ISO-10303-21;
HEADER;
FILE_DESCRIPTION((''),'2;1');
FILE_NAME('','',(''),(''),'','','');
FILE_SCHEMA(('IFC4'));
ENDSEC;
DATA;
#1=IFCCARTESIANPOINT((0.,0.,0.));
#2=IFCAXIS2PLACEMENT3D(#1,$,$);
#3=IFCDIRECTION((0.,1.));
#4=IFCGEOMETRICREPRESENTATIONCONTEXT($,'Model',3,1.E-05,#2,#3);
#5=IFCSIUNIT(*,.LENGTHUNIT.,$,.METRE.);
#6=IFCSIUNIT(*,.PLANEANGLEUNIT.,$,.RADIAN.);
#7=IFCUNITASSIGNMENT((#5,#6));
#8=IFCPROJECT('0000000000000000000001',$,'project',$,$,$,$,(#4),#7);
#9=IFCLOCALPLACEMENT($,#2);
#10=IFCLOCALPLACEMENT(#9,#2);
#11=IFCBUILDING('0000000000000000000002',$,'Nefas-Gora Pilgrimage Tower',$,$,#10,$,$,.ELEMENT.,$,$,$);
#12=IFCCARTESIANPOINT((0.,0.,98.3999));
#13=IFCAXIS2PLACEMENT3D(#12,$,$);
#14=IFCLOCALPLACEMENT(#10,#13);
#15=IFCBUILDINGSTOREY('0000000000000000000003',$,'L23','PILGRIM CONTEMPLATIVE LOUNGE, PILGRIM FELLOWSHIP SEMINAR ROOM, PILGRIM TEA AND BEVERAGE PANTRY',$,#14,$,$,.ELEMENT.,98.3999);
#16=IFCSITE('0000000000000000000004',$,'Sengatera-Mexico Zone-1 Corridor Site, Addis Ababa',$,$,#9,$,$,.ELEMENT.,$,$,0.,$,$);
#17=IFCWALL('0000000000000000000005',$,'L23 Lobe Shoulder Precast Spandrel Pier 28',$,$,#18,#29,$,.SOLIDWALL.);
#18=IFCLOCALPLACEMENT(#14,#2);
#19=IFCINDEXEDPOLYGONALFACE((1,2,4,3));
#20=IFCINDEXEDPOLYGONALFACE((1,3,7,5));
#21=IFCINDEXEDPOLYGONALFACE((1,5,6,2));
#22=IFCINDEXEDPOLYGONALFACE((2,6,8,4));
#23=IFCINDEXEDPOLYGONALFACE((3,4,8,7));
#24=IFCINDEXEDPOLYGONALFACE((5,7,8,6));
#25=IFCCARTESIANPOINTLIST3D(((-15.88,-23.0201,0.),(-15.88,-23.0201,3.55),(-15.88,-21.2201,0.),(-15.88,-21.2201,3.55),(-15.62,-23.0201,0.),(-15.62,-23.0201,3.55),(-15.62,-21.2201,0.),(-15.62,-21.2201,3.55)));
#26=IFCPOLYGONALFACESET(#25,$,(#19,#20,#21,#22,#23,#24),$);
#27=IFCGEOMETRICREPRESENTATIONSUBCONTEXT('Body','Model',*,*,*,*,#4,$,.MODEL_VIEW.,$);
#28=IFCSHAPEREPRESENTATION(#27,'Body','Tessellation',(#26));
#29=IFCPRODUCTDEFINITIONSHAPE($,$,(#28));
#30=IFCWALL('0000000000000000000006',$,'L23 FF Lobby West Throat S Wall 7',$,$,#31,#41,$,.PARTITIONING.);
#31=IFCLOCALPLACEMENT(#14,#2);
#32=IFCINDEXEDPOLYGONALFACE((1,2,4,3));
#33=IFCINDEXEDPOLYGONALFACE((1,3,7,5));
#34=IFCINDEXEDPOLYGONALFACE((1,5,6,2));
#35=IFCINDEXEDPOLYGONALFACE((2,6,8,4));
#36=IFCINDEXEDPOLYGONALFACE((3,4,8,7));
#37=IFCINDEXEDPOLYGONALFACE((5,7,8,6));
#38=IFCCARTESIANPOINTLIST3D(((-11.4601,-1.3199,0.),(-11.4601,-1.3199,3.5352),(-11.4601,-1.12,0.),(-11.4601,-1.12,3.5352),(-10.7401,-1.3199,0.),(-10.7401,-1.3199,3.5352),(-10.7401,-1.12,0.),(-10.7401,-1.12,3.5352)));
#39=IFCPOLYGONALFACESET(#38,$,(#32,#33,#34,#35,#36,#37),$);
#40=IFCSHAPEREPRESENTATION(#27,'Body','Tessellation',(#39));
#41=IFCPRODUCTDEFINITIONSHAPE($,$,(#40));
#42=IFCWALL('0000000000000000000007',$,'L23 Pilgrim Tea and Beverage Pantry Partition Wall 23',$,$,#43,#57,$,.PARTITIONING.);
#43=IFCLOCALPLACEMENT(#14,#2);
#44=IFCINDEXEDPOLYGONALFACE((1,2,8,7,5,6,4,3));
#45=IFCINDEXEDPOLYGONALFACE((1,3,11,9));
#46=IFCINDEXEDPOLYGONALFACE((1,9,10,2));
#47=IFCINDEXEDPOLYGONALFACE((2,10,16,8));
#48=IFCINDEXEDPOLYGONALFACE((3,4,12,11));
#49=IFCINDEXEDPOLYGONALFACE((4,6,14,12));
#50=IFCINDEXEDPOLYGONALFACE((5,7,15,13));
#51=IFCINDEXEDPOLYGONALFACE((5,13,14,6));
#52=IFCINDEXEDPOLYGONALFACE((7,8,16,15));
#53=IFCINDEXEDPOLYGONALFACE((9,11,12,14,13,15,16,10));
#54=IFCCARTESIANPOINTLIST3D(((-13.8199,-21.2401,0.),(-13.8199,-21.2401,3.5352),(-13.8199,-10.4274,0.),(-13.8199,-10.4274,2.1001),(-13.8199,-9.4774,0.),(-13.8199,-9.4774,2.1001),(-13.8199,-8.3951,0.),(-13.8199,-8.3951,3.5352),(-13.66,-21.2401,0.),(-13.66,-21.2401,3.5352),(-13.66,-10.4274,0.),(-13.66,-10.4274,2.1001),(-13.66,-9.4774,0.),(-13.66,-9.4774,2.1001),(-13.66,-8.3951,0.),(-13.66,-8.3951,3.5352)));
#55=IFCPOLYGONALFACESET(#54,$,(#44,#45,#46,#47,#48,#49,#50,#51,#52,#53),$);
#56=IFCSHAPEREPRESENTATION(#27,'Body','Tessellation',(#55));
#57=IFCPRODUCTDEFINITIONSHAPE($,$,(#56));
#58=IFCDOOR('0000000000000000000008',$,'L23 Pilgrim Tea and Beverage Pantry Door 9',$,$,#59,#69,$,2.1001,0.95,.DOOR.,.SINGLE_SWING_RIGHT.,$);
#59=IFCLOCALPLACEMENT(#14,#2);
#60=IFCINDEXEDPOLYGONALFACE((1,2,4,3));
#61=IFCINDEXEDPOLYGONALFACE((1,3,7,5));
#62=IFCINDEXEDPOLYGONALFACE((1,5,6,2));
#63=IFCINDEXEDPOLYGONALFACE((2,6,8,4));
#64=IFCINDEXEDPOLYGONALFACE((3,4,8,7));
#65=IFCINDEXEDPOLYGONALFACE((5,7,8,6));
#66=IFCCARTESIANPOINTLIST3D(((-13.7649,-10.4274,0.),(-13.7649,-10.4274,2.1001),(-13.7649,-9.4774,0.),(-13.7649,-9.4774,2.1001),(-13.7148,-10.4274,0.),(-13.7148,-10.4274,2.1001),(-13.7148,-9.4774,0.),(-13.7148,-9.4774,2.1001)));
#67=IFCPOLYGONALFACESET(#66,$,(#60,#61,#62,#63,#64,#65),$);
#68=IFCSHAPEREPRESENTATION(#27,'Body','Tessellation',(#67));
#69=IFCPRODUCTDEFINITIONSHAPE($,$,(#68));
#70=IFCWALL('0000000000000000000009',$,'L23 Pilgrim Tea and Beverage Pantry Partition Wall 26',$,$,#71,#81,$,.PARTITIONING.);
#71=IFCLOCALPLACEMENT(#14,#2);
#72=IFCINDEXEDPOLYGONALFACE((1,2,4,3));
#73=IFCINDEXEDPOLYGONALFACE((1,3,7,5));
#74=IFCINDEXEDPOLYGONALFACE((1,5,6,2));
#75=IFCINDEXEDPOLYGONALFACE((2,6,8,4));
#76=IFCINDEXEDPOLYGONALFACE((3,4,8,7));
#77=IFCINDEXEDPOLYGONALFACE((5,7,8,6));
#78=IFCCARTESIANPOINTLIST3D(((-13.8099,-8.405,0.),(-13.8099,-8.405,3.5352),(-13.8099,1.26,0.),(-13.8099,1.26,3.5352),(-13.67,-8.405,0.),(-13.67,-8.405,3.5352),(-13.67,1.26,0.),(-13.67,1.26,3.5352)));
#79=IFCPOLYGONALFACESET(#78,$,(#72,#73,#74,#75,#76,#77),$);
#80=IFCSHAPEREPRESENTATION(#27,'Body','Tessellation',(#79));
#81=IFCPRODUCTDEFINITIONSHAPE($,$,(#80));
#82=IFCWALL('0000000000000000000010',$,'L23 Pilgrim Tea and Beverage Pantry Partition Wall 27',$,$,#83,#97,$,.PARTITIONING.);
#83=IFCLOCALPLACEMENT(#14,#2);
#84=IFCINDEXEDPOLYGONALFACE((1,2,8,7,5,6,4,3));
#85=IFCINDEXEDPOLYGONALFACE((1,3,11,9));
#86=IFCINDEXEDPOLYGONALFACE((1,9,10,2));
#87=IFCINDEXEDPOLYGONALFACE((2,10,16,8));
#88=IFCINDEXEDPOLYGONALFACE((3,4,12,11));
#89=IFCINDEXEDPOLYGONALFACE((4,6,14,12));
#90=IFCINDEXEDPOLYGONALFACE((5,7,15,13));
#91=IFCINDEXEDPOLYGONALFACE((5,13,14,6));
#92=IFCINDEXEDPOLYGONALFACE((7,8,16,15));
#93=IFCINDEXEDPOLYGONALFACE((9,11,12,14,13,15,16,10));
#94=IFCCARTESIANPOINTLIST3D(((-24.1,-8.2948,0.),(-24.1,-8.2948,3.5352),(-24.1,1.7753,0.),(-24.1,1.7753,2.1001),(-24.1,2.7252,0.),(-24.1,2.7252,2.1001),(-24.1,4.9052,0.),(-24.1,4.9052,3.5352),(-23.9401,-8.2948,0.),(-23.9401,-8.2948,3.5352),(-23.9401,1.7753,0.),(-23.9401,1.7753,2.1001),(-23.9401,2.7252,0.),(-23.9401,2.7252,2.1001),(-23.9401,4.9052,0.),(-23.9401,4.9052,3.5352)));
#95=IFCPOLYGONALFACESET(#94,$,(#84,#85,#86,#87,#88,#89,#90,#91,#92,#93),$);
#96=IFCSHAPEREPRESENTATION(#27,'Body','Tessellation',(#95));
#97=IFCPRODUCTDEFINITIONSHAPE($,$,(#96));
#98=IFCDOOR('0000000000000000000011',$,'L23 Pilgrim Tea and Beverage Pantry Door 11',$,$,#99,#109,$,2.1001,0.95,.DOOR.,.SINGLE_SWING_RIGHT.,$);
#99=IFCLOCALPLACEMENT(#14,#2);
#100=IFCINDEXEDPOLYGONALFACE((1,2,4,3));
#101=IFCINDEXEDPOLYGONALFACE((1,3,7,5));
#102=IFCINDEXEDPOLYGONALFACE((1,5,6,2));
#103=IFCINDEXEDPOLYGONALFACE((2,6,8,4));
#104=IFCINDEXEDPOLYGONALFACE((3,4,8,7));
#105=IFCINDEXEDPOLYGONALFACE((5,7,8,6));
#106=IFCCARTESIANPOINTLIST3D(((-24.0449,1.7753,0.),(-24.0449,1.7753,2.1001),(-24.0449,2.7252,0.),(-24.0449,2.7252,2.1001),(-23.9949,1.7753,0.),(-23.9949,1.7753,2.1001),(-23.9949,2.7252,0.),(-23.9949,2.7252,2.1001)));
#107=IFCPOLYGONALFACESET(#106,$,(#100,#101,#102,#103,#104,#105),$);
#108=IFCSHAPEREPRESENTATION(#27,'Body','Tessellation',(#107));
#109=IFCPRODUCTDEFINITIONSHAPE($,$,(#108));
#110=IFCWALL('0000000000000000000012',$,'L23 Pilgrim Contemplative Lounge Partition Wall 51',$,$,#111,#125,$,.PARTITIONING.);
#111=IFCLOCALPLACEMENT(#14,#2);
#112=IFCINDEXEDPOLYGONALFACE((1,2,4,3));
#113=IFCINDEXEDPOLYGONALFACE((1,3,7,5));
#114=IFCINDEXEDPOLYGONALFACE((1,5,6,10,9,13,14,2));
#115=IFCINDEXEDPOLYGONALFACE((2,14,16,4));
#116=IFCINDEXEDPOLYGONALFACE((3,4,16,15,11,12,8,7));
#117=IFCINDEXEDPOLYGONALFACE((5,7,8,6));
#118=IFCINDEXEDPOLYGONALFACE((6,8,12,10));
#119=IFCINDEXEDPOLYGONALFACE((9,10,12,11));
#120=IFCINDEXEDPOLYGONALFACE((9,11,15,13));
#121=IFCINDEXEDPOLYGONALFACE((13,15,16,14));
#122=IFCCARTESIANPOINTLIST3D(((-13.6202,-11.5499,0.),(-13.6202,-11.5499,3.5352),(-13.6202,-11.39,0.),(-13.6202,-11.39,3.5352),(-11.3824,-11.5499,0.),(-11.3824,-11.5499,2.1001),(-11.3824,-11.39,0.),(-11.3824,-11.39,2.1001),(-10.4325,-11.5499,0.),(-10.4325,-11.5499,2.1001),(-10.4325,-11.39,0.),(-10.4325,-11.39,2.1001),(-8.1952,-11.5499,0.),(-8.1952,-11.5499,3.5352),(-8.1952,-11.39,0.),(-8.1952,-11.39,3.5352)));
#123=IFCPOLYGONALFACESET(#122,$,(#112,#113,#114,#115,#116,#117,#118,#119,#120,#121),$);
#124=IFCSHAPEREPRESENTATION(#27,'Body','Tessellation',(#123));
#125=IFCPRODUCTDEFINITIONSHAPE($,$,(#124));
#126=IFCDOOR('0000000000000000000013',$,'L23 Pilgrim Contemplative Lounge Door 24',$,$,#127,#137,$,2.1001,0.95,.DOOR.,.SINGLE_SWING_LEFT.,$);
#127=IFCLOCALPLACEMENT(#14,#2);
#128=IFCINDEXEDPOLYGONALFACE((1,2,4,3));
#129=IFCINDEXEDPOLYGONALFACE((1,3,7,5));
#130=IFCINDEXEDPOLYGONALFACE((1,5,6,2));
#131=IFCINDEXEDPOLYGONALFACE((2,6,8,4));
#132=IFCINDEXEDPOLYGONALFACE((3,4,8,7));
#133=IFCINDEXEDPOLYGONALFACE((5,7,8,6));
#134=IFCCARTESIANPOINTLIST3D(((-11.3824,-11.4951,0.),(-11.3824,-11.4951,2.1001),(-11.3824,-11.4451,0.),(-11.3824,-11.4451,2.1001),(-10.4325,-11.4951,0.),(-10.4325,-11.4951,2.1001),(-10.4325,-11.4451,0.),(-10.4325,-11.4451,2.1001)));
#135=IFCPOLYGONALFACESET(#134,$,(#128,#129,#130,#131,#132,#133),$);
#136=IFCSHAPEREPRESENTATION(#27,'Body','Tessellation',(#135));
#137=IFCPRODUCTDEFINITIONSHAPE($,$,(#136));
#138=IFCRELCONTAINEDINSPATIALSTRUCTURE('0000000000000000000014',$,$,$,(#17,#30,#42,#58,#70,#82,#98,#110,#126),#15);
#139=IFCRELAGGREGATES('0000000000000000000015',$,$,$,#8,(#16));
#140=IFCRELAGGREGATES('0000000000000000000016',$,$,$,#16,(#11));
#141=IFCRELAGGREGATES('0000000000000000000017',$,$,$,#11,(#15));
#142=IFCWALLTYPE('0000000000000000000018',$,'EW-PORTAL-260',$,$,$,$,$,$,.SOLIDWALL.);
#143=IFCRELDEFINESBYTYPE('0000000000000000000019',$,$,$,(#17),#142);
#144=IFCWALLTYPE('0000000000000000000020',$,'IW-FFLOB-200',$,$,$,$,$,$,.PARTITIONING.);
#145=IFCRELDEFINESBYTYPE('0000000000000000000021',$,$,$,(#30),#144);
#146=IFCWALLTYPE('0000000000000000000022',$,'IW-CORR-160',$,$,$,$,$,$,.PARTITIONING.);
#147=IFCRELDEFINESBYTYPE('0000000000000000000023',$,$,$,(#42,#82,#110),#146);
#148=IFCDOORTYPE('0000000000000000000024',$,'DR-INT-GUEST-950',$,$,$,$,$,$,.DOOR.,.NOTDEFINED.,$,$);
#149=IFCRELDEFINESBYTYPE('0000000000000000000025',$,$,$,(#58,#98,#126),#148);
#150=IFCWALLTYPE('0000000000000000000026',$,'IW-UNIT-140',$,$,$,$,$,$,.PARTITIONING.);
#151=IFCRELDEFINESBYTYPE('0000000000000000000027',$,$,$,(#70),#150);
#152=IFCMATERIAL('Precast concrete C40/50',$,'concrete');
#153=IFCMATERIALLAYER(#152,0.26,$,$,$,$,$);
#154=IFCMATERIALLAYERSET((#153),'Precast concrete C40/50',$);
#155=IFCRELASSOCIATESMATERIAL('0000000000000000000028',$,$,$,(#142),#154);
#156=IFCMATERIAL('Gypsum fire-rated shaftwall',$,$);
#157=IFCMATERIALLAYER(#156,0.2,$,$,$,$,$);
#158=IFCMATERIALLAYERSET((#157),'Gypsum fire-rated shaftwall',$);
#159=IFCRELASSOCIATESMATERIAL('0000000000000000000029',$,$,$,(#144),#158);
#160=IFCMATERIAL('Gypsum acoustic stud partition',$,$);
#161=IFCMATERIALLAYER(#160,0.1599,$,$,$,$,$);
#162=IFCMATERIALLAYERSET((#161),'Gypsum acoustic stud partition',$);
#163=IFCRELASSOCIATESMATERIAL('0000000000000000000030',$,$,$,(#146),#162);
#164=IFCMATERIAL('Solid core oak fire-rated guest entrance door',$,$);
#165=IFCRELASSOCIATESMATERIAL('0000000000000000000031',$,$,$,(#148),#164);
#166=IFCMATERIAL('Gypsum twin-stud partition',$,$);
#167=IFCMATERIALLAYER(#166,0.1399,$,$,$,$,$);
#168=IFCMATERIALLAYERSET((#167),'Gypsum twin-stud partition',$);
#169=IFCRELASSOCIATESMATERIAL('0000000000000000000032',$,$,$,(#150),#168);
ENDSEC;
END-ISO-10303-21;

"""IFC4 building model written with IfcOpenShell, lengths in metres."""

from ifc_helpers import new_model, si_unit, direction, frame, frame_2d, origin, place, context, subcontext, project, spatial, rectangle, extrude, source, transform, mapped, material, layer, layer_set, type_object, element, fill, save


model = new_model("IFC4")

# Units and contexts
model_context = context("Model", 3, precision=1e-05, world=origin(), true_north=direction((0.0, 1.0)))
body_context = subcontext(model_context, "Body", "Model", "MODEL_VIEW")
ifc_project = project(units=[si_unit("LENGTHUNIT", "METRE"), si_unit("PLANEANGLEUNIT", "RADIAN")], contexts=[model_context])

# Site, building, storey
site_placement = place(None, origin())
site = spatial("IfcSite", under=ifc_project, at=site_placement, Name="Sengatera-Mexico Zone-1 Corridor Site, Addis Ababa", CompositionType="ELEMENT", RefElevation=0.0)
building_placement = place(site_placement, origin())
building = spatial("IfcBuilding", under=site, at=building_placement, Name="Nefas-Gora Pilgrimage Tower", CompositionType="ELEMENT")
storey_placement = place(building_placement, frame((0.0, 0.0, 98.3999)))
storey = spatial("IfcBuildingStorey", under=building, at=storey_placement, Name="L23", Description="PILGRIM CONTEMPLATIVE LOUNGE, PILGRIM FELLOWSHIP SEMINAR ROOM, PILGRIM TEA AND BEVERAGE PANTRY", CompositionType="ELEMENT", Elevation=98.3999)

# Wall
ifc_material_1 = material(Name="Precast concrete C40/50", Category="concrete")
ifc_layer_1 = layer(ifc_material_1, 0.26)
ifc_layer_set_1 = layer_set([ifc_layer_1], Name="Precast concrete C40/50")
wall_type_1 = type_object("IfcWallType", Name="EW-PORTAL-260", PredefinedType="SOLIDWALL", material=ifc_layer_set_1)
shared_shape_1 = source(origin(), body_context, "Body", "SweptSolid", [
    extrude(rectangle(XDim=1.8, YDim=0.26, at=frame_2d((0.8999, 0.0))), origin(), (0.0, 0.0, 1.0), 3.55),
])
wall_1_placement = place(storey_placement, frame((-15.75, -23.02, 0.0), z_axis=(0.0, 0.0, 1.0), x_axis=(0.0, 1.0, 0.0)))
element("IfcWall", 1, at=wall_1_placement, inside=storey, type_object=wall_type_1, Name="L23 Lobe Shoulder Precast Spandrel Pier 28", PredefinedType="SOLIDWALL", context=body_context, shape_type="MappedRepresentation", body=[
    mapped(shared_shape_1, transform((0.0, 0.0, 0.0), x_axis=(1.0, 0.0, 0.0), y_axis=(0.0, 1.0, 0.0), z_axis=(0.0, 0.0, 1.0), scale=1.0)),
])

# Shared definitions
ifc_material_2 = material(Name="Gypsum fire-rated shaftwall")
ifc_layer_2 = layer(ifc_material_2, 0.2)
ifc_layer_set_2 = layer_set([ifc_layer_2], Name="Gypsum fire-rated shaftwall")
wall_type_2 = type_object("IfcWallType", Name="IW-FFLOB-200", PredefinedType="PARTITIONING", material=ifc_layer_set_2)

# Wall
shared_shape_2 = source(origin(), body_context, "Body", "SweptSolid", [
    extrude(rectangle(XDim=0.72, YDim=0.2, at=frame_2d((0.3599, 0.0))), origin(), (0.0, 0.0, 1.0), 3.5352),
])
wall_2_placement = place(storey_placement, frame((-11.46, -1.22, 0.0), z_axis=(0.0, 0.0, 1.0), x_axis=(1.0, 0.0, 0.0)))
element("IfcWall", 2, at=wall_2_placement, inside=storey, type_object=wall_type_2, Name="L23 FF Lobby West Throat S Wall 7", PredefinedType="PARTITIONING", context=body_context, shape_type="MappedRepresentation", body=[
    mapped(shared_shape_2, transform((0.0, 0.0, 0.0), x_axis=(1.0, 0.0, 0.0), y_axis=(0.0, 1.0, 0.0), z_axis=(0.0, 0.0, 1.0), scale=1.0)),
])

# Wall, opening, door
ifc_material_3 = material(Name="Gypsum acoustic stud partition")
ifc_layer_3 = layer(ifc_material_3, 0.1599)
ifc_layer_set_3 = layer_set([ifc_layer_3], Name="Gypsum acoustic stud partition")
wall_type_3 = type_object("IfcWallType", Name="IW-CORR-160", PredefinedType="PARTITIONING", material=ifc_layer_set_3)
shared_shape_3 = source(origin(), body_context, "Body", "SweptSolid", [
    extrude(rectangle(XDim=12.845, YDim=0.1599, at=frame_2d((6.4224, 0.0))), origin(), (0.0, 0.0, 1.0), 3.5352),
])
wall_3_placement = place(storey_placement, frame((-13.74, -21.24, 0.0), z_axis=(0.0, 0.0, 1.0), x_axis=(0.0, 1.0, 0.0)))
wall_3 = element("IfcWall", 3, at=wall_3_placement, inside=storey, type_object=wall_type_3, Name="L23 Pilgrim Tea and Beverage Pantry Partition Wall 23", PredefinedType="PARTITIONING", context=body_context, shape_type="MappedRepresentation", body=[
    mapped(shared_shape_3, transform((0.0, 0.0, 0.0), x_axis=(1.0, 0.0, 0.0), y_axis=(0.0, 1.0, 0.0), z_axis=(0.0, 0.0, 1.0), scale=1.0)),
])
opening_1_placement = place(wall_3_placement, frame((10.8125, 0.0, 0.0)))
opening_1 = element("IfcOpeningElement", 4, at=opening_1_placement, cuts=wall_3, PredefinedType="OPENING", context=body_context, shape_type="SweptSolid", body=[
    extrude(rectangle(XDim=0.95, YDim=2.1001, at=frame_2d((0.4751, 1.05))), frame((0.0, 0.0898, 0.0), z_axis=(0.0, -1.0, 0.0), x_axis=(1.0, 0.0, 0.0)), (0.0, 0.0, 1.0), 0.1799),
])
ifc_material_4 = material(Name="Solid core oak fire-rated guest entrance door")
door_type_1 = type_object("IfcDoorType", Name="DR-INT-GUEST-950", OperationType="NOTDEFINED", PredefinedType="DOOR", material=ifc_material_4)
shared_shape_4 = source(origin(), body_context, "Body", "SweptSolid", [
    extrude(rectangle(XDim=0.95, YDim=2.1001, at=frame_2d((0.4751, 1.05))), frame((0.0, 0.0249, 0.0), z_axis=(0.0, -1.0, 0.0), x_axis=(1.0, 0.0, 0.0)), (0.0, 0.0, 1.0), 0.05),
])
door_1_placement = place(opening_1_placement, origin())
door_1 = element("IfcDoor", 5, at=door_1_placement, inside=storey, type_object=door_type_1, Name="L23 Pilgrim Tea and Beverage Pantry Door 9", OperationType="SINGLE_SWING_RIGHT", OverallHeight=2.1001, OverallWidth=0.95, PredefinedType="DOOR", context=body_context, shape_type="MappedRepresentation", body=[
    mapped(shared_shape_4, transform((0.0, 0.0, 0.0), x_axis=(1.0, 0.0, 0.0), y_axis=(0.0, 1.0, 0.0), z_axis=(0.0, 0.0, 1.0), scale=1.0)),
])
fill(opening_1, door_1)

# Wall
ifc_material_5 = material(Name="Gypsum twin-stud partition")
ifc_layer_4 = layer(ifc_material_5, 0.1399)
ifc_layer_set_4 = layer_set([ifc_layer_4], Name="Gypsum twin-stud partition")
wall_type_4 = type_object("IfcWallType", Name="IW-UNIT-140", PredefinedType="PARTITIONING", material=ifc_layer_set_4)
shared_shape_5 = source(origin(), body_context, "Body", "SweptSolid", [
    extrude(rectangle(XDim=9.665, YDim=0.1399, at=frame_2d((4.8325, 0.0))), origin(), (0.0, 0.0, 1.0), 3.5352),
])
wall_4_placement = place(storey_placement, frame((-13.74, -8.405, 0.0), z_axis=(0.0, 0.0, 1.0), x_axis=(0.0, 1.0, 0.0)))
element("IfcWall", 6, at=wall_4_placement, inside=storey, type_object=wall_type_4, Name="L23 Pilgrim Tea and Beverage Pantry Partition Wall 26", PredefinedType="PARTITIONING", context=body_context, shape_type="MappedRepresentation", body=[
    mapped(shared_shape_5, transform((0.0, 0.0, 0.0), x_axis=(1.0, 0.0, 0.0), y_axis=(0.0, 1.0, 0.0), z_axis=(0.0, 0.0, 1.0), scale=1.0)),
])

# Walls, openings, doors
shared_shape_6 = source(origin(), body_context, "Body", "SweptSolid", [
    extrude(rectangle(XDim=13.2, YDim=0.1599, at=frame_2d((6.6001, 0.0))), origin(), (0.0, 0.0, 1.0), 3.5352),
])
wall_5_placement = place(storey_placement, frame((-24.02, -8.2949, 0.0), z_axis=(0.0, 0.0, 1.0), x_axis=(0.0, 1.0, 0.0)))
wall_5 = element("IfcWall", 7, at=wall_5_placement, inside=storey, type_object=wall_type_3, Name="L23 Pilgrim Tea and Beverage Pantry Partition Wall 27", PredefinedType="PARTITIONING", context=body_context, shape_type="MappedRepresentation", body=[
    mapped(shared_shape_6, transform((0.0, 0.0, 0.0), x_axis=(1.0, 0.0, 0.0), y_axis=(0.0, 1.0, 0.0), z_axis=(0.0, 0.0, 1.0), scale=1.0)),
])
opening_2_placement = place(wall_5_placement, frame((10.0701, 0.0, 0.0)))
opening_2 = element("IfcOpeningElement", 8, at=opening_2_placement, cuts=wall_5, PredefinedType="OPENING", context=body_context, shape_type="SweptSolid", body=[
    extrude(rectangle(XDim=0.95, YDim=2.1001, at=frame_2d((0.4751, 1.05))), frame((0.0, 0.0898, 0.0), z_axis=(0.0, -1.0, 0.0), x_axis=(1.0, 0.0, 0.0)), (0.0, 0.0, 1.0), 0.1799),
])
door_2_placement = place(opening_2_placement, origin())
door_2 = element("IfcDoor", 9, at=door_2_placement, inside=storey, type_object=door_type_1, Name="L23 Pilgrim Tea and Beverage Pantry Door 11", OperationType="SINGLE_SWING_RIGHT", OverallHeight=2.1001, OverallWidth=0.95, PredefinedType="DOOR", context=body_context, shape_type="MappedRepresentation", body=[
    mapped(shared_shape_4, transform((0.0, 0.0, 0.0), x_axis=(1.0, 0.0, 0.0), y_axis=(0.0, 1.0, 0.0), z_axis=(0.0, 0.0, 1.0), scale=1.0)),
])
fill(opening_2, door_2)
shared_shape_7 = source(origin(), body_context, "Body", "SweptSolid", [
    extrude(rectangle(XDim=5.425, YDim=0.1599, at=frame_2d((2.7124, 0.0))), origin(), (0.0, 0.0, 1.0), 3.5352),
])
wall_6_placement = place(storey_placement, frame((-13.6201, -11.47, 0.0), z_axis=(0.0, 0.0, 1.0), x_axis=(1.0, 0.0, 0.0)))
wall_6 = element("IfcWall", 10, at=wall_6_placement, inside=storey, type_object=wall_type_3, Name="L23 Pilgrim Contemplative Lounge Partition Wall 51", PredefinedType="PARTITIONING", context=body_context, shape_type="MappedRepresentation", body=[
    mapped(shared_shape_7, transform((0.0, 0.0, 0.0), x_axis=(1.0, 0.0, 0.0), y_axis=(0.0, 1.0, 0.0), z_axis=(0.0, 0.0, 1.0), scale=1.0)),
])
opening_3_placement = place(wall_6_placement, frame((2.2375, 0.0, 0.0)))
opening_3 = element("IfcOpeningElement", 11, at=opening_3_placement, cuts=wall_6, PredefinedType="OPENING", context=body_context, shape_type="SweptSolid", body=[
    extrude(rectangle(XDim=0.95, YDim=2.1001, at=frame_2d((0.4751, 1.05))), frame((0.0, 0.0898, 0.0), z_axis=(0.0, -1.0, 0.0), x_axis=(1.0, 0.0, 0.0)), (0.0, 0.0, 1.0), 0.1799),
])
door_3_placement = place(opening_3_placement, origin())
door_3 = element("IfcDoor", 12, at=door_3_placement, inside=storey, type_object=door_type_1, Name="L23 Pilgrim Contemplative Lounge Door 24", OperationType="SINGLE_SWING_LEFT", OverallHeight=2.1001, OverallWidth=0.95, PredefinedType="DOOR", context=body_context, shape_type="MappedRepresentation", body=[
    mapped(shared_shape_4, transform((0.0, 0.0, 0.0), x_axis=(1.0, 0.0, 0.0), y_axis=(0.0, 1.0, 0.0), z_axis=(0.0, 0.0, 1.0), scale=1.0)),
])
fill(opening_3, door_3)

save(model, "model.ifc")
